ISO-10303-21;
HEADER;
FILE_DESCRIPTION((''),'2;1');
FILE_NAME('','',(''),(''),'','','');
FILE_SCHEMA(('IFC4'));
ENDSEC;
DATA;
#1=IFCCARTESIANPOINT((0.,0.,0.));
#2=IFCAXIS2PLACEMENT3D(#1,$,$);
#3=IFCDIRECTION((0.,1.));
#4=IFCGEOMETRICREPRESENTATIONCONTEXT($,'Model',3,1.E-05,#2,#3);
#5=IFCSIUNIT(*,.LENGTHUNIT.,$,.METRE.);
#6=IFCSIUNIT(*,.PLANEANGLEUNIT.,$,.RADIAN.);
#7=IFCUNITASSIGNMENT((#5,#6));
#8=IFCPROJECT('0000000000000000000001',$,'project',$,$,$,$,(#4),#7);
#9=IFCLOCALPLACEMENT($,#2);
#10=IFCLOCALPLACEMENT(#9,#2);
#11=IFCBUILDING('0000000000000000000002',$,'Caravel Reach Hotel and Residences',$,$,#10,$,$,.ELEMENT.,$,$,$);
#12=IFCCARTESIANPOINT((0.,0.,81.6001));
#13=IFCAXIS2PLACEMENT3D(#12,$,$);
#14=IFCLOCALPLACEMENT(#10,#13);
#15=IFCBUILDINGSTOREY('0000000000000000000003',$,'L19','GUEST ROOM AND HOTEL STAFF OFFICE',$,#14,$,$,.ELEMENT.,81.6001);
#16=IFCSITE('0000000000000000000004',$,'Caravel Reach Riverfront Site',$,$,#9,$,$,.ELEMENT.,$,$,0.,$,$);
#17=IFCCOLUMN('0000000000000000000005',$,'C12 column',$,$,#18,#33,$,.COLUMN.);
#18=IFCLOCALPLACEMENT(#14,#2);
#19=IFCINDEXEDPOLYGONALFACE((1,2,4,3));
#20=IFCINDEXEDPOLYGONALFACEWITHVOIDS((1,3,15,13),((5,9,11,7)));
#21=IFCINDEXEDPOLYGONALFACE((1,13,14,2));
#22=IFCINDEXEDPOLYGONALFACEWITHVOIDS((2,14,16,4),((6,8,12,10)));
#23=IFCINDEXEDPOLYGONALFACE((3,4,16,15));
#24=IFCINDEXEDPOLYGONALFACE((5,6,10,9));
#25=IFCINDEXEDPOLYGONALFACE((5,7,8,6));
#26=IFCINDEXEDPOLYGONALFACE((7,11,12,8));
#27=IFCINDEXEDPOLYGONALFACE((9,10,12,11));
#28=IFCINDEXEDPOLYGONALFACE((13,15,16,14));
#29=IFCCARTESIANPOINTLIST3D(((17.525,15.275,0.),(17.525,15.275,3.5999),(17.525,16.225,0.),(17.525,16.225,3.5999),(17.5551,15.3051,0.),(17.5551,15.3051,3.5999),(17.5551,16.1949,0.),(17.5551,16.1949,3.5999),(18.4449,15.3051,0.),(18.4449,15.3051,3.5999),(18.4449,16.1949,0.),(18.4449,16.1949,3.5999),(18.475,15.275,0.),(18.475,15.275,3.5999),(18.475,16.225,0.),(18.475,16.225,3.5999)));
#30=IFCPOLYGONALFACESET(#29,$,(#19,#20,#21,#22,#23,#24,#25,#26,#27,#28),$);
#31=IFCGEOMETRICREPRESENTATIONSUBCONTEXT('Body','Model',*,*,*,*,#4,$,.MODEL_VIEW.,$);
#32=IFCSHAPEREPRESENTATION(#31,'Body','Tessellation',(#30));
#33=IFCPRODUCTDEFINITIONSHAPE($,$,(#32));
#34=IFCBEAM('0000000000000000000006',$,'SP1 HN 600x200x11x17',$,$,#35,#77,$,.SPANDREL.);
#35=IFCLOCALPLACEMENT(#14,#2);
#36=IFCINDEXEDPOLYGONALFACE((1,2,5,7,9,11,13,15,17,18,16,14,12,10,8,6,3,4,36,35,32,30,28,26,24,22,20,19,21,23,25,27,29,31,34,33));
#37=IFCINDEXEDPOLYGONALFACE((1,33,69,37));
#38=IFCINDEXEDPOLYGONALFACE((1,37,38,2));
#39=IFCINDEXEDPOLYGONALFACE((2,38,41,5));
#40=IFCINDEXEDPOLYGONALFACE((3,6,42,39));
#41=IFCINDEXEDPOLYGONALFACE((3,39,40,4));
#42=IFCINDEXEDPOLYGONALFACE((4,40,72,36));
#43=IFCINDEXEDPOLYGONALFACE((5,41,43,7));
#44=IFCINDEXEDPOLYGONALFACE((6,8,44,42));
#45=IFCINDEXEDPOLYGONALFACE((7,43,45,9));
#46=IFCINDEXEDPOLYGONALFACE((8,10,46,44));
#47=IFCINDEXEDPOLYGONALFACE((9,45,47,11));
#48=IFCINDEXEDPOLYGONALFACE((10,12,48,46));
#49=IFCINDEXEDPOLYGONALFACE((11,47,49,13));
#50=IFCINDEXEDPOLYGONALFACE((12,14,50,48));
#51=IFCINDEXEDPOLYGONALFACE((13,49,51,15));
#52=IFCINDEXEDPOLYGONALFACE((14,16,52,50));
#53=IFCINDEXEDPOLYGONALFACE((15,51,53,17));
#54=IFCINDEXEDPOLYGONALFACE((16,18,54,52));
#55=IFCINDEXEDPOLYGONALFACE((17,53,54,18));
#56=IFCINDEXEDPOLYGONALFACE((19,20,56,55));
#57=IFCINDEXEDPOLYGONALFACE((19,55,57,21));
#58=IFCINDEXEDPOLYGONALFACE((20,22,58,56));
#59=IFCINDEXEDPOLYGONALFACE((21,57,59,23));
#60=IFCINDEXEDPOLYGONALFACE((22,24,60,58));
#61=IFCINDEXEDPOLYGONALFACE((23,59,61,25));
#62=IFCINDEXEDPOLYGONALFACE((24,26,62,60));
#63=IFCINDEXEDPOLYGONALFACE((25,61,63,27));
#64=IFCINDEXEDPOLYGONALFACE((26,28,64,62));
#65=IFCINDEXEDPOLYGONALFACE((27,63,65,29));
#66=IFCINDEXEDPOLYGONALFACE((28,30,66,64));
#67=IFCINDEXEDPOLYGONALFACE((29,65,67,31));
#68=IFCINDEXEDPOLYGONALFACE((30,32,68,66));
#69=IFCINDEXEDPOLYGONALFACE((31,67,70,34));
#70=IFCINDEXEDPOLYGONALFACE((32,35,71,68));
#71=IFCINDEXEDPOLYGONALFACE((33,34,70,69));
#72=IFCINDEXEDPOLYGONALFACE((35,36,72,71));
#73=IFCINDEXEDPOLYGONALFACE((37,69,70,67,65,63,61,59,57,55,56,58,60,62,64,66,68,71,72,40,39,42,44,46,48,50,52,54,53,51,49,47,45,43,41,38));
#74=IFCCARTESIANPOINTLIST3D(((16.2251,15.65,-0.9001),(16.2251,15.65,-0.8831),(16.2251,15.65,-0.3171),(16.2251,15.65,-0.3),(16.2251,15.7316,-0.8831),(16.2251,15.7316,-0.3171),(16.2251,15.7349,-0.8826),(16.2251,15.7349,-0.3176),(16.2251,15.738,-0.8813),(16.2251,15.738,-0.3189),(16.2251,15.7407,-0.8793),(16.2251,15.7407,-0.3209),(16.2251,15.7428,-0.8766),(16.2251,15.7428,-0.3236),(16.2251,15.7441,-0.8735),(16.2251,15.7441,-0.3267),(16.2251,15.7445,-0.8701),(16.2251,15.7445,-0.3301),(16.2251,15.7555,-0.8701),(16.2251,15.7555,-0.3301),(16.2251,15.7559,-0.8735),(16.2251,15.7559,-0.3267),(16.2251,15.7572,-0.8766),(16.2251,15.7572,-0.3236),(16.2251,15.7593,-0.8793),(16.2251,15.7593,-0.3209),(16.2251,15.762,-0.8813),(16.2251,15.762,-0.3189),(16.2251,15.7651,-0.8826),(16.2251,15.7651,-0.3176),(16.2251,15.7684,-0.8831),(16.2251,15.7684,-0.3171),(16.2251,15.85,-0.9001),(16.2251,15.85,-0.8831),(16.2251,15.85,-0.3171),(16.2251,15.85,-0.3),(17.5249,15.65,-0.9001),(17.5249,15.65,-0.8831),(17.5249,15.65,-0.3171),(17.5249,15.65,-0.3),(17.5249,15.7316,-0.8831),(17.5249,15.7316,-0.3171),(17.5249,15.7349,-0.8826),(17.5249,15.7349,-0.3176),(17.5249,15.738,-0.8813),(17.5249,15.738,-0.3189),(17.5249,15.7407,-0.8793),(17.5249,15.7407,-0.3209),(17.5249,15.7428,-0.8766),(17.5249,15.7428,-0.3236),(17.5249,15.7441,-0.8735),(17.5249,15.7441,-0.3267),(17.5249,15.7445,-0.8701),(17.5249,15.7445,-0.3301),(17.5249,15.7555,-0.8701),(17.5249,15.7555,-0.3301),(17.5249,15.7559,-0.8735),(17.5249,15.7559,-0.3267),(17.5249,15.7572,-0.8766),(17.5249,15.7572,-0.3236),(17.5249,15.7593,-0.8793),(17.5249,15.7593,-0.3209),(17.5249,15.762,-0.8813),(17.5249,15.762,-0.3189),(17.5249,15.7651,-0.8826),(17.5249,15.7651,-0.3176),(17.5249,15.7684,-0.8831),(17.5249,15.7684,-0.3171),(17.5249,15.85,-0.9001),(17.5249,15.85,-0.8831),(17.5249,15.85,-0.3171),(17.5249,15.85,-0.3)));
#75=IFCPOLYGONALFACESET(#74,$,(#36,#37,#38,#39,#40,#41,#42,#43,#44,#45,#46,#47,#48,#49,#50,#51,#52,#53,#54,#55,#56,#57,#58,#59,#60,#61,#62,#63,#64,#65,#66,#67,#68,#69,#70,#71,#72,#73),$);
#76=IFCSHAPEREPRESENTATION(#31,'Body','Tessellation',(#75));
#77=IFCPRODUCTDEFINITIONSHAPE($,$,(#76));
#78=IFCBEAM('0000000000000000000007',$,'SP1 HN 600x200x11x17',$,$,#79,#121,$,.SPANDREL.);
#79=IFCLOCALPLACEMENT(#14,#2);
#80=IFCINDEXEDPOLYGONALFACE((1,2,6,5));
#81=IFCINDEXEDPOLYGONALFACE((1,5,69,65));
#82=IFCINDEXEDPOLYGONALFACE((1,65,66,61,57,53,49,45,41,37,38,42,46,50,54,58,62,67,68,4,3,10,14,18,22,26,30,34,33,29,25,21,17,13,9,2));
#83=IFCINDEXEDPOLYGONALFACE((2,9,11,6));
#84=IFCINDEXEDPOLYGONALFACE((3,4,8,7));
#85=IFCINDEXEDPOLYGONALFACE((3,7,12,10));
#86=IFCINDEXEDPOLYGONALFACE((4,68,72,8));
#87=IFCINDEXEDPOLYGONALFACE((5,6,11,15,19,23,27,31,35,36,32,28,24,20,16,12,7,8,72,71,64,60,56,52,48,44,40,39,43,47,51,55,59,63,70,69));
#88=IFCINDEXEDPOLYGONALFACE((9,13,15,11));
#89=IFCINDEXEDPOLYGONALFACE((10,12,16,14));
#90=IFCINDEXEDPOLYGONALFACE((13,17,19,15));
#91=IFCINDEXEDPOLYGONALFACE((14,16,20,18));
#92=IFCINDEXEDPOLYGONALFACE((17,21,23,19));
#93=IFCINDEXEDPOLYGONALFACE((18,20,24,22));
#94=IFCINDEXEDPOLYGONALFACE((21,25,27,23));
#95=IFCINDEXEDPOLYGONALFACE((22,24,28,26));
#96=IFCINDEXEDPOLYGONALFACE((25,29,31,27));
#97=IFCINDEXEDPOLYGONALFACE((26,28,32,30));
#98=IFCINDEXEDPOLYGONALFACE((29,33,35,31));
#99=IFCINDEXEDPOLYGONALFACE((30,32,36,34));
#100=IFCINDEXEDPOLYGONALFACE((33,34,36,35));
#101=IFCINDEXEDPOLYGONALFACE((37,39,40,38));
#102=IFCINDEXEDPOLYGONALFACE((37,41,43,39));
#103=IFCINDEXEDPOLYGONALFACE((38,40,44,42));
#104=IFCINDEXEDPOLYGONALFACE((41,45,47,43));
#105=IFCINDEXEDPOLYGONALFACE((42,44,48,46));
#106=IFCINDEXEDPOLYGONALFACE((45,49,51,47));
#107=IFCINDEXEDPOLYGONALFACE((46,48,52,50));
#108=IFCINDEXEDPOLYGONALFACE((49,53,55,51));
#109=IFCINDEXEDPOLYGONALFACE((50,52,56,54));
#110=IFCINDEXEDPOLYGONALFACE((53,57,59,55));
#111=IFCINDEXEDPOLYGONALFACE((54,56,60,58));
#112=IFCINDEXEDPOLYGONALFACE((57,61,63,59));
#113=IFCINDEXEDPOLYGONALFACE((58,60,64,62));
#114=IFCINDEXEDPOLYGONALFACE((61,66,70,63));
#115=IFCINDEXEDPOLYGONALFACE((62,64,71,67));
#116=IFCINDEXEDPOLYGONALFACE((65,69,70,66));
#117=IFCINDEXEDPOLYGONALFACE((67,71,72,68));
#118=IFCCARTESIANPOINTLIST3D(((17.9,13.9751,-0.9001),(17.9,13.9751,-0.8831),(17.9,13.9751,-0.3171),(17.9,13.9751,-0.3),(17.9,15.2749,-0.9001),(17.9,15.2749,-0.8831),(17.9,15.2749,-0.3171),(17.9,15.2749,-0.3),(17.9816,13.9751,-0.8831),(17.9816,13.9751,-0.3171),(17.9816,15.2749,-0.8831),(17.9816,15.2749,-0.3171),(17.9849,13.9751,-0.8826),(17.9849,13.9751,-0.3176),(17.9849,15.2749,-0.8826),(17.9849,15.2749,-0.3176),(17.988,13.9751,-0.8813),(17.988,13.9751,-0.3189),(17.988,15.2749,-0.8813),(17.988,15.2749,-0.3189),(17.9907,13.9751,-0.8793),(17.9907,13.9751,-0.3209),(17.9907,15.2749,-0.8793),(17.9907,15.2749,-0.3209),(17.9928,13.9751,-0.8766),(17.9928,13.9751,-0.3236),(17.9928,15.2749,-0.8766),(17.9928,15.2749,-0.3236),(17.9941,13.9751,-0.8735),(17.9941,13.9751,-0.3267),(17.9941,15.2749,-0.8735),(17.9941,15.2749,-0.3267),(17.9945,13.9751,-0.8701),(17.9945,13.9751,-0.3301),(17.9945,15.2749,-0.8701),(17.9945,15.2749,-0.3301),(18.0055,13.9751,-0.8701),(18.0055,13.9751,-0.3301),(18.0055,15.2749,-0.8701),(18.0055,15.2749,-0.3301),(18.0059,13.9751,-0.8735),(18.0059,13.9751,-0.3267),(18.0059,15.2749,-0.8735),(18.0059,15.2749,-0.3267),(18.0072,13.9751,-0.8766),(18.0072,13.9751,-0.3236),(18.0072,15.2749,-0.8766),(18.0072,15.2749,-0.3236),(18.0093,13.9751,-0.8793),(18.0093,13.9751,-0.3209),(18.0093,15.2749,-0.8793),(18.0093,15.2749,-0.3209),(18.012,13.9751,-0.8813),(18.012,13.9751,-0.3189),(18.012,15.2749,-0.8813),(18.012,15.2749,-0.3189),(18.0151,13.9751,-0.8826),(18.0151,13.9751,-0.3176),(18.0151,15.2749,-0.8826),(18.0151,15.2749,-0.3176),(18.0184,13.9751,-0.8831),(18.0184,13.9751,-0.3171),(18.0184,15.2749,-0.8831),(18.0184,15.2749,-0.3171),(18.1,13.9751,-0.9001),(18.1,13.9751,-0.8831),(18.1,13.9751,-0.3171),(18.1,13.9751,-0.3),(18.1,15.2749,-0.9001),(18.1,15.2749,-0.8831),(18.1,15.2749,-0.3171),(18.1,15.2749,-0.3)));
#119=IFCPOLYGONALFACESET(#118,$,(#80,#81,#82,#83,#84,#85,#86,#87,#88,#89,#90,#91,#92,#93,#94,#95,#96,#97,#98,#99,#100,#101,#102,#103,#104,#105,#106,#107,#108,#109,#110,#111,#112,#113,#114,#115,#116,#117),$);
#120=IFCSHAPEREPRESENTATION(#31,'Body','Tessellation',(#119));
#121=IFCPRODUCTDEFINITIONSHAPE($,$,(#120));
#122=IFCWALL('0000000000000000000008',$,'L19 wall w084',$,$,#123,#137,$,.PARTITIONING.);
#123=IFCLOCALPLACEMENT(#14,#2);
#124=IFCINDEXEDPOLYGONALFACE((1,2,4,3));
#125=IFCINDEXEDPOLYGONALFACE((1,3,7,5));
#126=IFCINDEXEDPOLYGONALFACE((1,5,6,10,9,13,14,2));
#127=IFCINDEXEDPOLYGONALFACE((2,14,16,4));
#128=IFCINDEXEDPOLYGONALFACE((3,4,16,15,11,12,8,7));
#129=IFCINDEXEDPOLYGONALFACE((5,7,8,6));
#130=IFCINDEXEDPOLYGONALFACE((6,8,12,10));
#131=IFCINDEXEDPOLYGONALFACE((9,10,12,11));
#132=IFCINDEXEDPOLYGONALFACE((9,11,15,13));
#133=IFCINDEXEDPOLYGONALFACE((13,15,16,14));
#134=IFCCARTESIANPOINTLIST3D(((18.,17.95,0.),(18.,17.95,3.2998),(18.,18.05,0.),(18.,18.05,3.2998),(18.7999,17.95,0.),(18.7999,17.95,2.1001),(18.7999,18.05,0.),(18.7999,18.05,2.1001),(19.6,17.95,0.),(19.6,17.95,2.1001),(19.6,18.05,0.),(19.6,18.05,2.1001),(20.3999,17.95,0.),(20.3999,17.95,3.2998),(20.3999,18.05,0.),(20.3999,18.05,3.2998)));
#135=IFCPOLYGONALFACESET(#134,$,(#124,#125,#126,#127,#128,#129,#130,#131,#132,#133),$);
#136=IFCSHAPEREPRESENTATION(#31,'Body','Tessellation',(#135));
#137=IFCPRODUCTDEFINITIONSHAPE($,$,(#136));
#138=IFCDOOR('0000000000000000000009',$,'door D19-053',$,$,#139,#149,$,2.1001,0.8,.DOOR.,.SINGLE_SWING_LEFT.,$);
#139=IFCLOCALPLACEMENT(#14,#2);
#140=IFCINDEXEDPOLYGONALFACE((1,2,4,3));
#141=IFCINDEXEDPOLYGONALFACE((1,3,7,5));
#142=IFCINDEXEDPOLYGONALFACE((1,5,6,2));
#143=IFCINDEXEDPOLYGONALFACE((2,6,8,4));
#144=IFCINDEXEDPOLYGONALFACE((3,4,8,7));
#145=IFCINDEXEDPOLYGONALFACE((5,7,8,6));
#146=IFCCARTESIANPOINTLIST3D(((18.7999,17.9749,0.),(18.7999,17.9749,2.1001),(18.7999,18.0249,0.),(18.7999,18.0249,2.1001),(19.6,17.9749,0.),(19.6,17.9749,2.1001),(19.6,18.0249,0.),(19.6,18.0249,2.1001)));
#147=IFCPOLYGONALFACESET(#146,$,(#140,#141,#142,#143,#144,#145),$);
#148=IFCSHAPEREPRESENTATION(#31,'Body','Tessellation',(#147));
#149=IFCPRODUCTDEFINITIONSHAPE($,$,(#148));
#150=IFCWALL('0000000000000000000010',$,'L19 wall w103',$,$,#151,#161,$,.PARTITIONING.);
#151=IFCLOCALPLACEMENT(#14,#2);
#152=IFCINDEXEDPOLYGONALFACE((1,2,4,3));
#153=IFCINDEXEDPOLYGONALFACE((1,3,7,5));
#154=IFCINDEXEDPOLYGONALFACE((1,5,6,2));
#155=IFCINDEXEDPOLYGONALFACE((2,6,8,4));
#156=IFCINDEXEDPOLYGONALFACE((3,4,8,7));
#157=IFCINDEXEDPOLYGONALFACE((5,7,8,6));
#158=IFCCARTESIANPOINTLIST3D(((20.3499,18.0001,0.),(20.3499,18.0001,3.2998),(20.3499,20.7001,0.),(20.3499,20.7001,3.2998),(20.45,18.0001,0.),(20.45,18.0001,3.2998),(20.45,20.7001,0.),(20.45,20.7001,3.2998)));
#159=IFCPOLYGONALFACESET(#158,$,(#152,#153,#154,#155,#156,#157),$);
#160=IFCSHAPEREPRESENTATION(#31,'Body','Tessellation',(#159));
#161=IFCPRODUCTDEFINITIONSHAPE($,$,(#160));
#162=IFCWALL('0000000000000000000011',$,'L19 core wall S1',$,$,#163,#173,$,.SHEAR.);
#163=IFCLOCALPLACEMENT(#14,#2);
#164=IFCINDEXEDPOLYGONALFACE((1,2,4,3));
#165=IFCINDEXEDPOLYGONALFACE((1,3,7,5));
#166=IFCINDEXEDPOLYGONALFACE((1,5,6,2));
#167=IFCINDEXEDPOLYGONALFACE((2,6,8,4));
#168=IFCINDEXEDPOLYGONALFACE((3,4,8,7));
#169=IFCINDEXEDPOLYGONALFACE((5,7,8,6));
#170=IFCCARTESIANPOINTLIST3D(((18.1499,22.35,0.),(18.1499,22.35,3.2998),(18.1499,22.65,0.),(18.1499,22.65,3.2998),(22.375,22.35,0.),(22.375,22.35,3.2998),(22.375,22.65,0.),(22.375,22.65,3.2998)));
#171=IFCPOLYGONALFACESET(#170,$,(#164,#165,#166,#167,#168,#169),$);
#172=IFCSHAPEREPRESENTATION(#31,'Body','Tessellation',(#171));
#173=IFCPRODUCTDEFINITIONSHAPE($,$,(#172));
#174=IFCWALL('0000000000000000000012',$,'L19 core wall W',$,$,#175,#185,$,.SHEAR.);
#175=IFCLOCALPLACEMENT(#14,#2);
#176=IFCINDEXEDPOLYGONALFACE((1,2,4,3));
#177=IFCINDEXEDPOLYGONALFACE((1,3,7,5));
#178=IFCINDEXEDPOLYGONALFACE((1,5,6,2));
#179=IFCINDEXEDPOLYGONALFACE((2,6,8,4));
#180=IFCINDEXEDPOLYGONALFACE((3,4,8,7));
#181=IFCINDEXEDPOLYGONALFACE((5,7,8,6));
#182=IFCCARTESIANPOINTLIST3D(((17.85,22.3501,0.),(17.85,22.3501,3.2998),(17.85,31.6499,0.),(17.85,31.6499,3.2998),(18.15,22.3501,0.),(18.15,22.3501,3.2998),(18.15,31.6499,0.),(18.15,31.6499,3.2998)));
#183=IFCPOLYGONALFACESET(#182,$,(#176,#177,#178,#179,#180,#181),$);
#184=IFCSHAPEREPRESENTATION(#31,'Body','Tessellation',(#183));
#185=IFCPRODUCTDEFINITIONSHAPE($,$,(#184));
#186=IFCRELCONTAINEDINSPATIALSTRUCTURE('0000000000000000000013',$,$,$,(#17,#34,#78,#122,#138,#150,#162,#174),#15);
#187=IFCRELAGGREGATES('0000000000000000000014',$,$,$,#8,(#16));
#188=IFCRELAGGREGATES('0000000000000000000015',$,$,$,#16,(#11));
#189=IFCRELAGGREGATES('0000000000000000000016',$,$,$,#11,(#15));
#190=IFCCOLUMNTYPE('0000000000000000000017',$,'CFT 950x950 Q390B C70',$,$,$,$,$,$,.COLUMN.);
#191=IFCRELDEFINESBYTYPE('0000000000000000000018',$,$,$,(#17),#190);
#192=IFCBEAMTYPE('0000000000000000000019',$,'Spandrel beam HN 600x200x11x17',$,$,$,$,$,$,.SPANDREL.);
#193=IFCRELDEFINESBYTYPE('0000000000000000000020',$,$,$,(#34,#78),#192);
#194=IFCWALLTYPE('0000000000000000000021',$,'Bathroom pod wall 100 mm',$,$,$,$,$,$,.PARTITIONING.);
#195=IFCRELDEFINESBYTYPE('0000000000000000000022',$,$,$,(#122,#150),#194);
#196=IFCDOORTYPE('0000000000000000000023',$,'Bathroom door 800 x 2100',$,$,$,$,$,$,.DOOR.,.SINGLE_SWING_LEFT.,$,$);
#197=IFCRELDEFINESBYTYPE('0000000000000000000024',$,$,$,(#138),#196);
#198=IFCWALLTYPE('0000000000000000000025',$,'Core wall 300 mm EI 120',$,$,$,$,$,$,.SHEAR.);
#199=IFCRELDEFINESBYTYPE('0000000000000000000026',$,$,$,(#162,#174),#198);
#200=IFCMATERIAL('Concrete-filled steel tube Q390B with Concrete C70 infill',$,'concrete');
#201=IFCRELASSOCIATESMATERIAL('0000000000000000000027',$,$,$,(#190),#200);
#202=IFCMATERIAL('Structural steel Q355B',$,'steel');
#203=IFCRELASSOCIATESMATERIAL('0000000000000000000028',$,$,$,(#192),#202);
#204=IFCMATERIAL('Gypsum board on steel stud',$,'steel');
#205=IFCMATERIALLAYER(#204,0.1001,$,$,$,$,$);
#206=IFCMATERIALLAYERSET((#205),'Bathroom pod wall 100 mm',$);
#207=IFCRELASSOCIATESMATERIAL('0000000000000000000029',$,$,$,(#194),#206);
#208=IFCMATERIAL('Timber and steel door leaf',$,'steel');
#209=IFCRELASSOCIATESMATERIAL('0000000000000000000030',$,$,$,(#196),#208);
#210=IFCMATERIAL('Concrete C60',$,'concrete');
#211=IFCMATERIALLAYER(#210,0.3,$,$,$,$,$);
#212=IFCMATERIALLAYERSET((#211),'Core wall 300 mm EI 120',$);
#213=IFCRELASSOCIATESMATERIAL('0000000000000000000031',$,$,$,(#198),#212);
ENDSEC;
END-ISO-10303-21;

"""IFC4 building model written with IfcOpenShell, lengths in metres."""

from ifc_helpers import new_model, si_unit, direction, frame, frame_2d, origin, origin_2d, place, context, subcontext, project, spatial, rectangle, hollow_rectangle, i_section, extrude, material, layer, layer_set, material_profile, profile_set, type_object, element, fill, save


model = new_model("IFC4")

# Units and contexts
model_context = context("Model", 3, precision=1e-05, world=origin(), true_north=direction((0.0, 1.0)))
body_context = subcontext(model_context, "Body", "Model", "MODEL_VIEW")
ifc_project = project(units=[si_unit("LENGTHUNIT", "METRE"), si_unit("PLANEANGLEUNIT", "RADIAN")], contexts=[model_context])

# Site, building, storey
site_placement = place(None, origin())
site = spatial("IfcSite", under=ifc_project, at=site_placement, Name="Caravel Reach Riverfront Site", CompositionType="ELEMENT", RefElevation=0.0)
building_placement = place(site_placement, origin())
building = spatial("IfcBuilding", under=site, at=building_placement, Name="Caravel Reach Hotel and Residences", CompositionType="ELEMENT")
storey_placement = place(building_placement, frame((0.0, 0.0, 81.6001)))
storey = spatial("IfcBuildingStorey", under=building, at=storey_placement, Name="L19", Description="GUEST ROOM AND HOTEL STAFF OFFICE", CompositionType="ELEMENT", Elevation=81.6001)

# Column
ifc_material_1 = material(Name="Concrete-filled steel tube Q390B with Concrete C70 infill", Category="concrete")
ifc_material_profile_1 = material_profile(ifc_material_1, hollow_rectangle(XDim=0.95, YDim=0.95, WallThickness=0.03, at=origin_2d()), Name="RHS 950x950x30")
ifc_profile_set_1 = profile_set([ifc_material_profile_1], Name="Concrete-filled steel tube Q390B with Concrete C70 infill")
column_type = type_object("IfcColumnType", Name="CFT 950x950 Q390B C70", PredefinedType="COLUMN", material=ifc_profile_set_1)
column_placement = place(storey_placement, frame((18.0, 15.75, 0.0), z_axis=(0.0, 0.0, 1.0), x_axis=(1.0, 0.0, 0.0)))
element("IfcColumn", 1, at=column_placement, inside=storey, type_object=column_type, Name="C12 column", PredefinedType="COLUMN", context=body_context, shape_type="SweptSolid", body=[
    extrude(hollow_rectangle(XDim=0.95, YDim=0.95, WallThickness=0.03, at=origin_2d()), origin(), (0.0, 0.0, 1.0), 3.5999),
])

# Beams
ifc_material_2 = material(Name="Structural steel Q355B", Category="steel")
ifc_material_profile_2 = material_profile(ifc_material_2, i_section(OverallWidth=0.2, OverallDepth=0.6001, WebThickness=0.011, FlangeThickness=0.0171, FilletRadius=0.0129, at=origin_2d()), Name="HN 600x200x11x17")
ifc_profile_set_2 = profile_set([ifc_material_profile_2], Name="Structural steel Q355B")
beam_type = type_object("IfcBeamType", Name="Spandrel beam HN 600x200x11x17", PredefinedType="SPANDREL", material=ifc_profile_set_2)
for number, where, z_axis, x_axis, name in (
    (2, (16.2251, 15.75, -0.6001), (1.0, 0.0, 0.0), (0.0, 1.0, 0.0), "SP1 HN 600x200x11x17"),
    (3, (18.0, 15.2749, -0.6001), (0.0, -1.0, 0.0), (1.0, 0.0, 0.0), "SP1 HN 600x200x11x17"),
):
    element("IfcBeam", number, at=place(storey_placement, frame(where, z_axis=z_axis, x_axis=x_axis)), inside=storey, type_object=beam_type, Name=name, PredefinedType="SPANDREL", context=body_context, shape_type="SweptSolid", body=[
        extrude(i_section(OverallWidth=0.2, OverallDepth=0.6001, WebThickness=0.011, FlangeThickness=0.0171, FilletRadius=0.0129, at=origin_2d()), origin(), (0.0, 0.0, 1.0), 1.2998),
    ])

# Wall, opening, door
ifc_material_3 = material(Name="Gypsum board on steel stud", Category="steel")
ifc_layer_1 = layer(ifc_material_3, 0.1001)
ifc_layer_set_1 = layer_set([ifc_layer_1], Name="Bathroom pod wall 100 mm")
wall_type_1 = type_object("IfcWallType", Name="Bathroom pod wall 100 mm", PredefinedType="PARTITIONING", material=ifc_layer_set_1)
wall_1_placement = place(storey_placement, frame((18.0, 18.0, 0.0), z_axis=(0.0, 0.0, 1.0), x_axis=(1.0, 0.0, 0.0)))
wall_1 = element("IfcWall", 4, at=wall_1_placement, inside=storey, type_object=wall_type_1, Name="L19 wall w084", PredefinedType="PARTITIONING", context=body_context, shape_type="SweptSolid", body=[
    extrude(rectangle(XDim=2.3999, YDim=0.1001, at=frame_2d((1.2, 0.0))), origin(), (0.0, 0.0, 1.0), 3.2998),
])
opening_1_placement = place(wall_1_placement, frame((0.8, 0.0, 0.0)))
opening_1 = element("IfcOpeningElement", 5, at=opening_1_placement, cuts=wall_1, PredefinedType="OPENING", context=body_context, shape_type="SweptSolid", body=[
    extrude(rectangle(XDim=0.8, YDim=2.1001, at=frame_2d((0.3999, 1.05))), frame((0.0, 0.0601, 0.0), z_axis=(0.0, -1.0, 0.0), x_axis=(1.0, 0.0, 0.0)), (0.0, 0.0, 1.0), 0.1201),
])
ifc_material_4 = material(Name="Timber and steel door leaf", Category="steel")
door_type_1 = type_object("IfcDoorType", Name="Bathroom door 800 x 2100", OperationType="SINGLE_SWING_LEFT", PredefinedType="DOOR", material=ifc_material_4)
door_1_placement = place(opening_1_placement, origin())
door_1 = element("IfcDoor", 6, at=door_1_placement, inside=storey, type_object=door_type_1, Name="door D19-053", OperationType="SINGLE_SWING_LEFT", OverallHeight=2.1001, OverallWidth=0.8, PredefinedType="DOOR", context=body_context, shape_type="SweptSolid", body=[
    extrude(rectangle(XDim=0.8, YDim=2.1001, at=frame_2d((0.3999, 1.05))), frame((0.0, 0.0249, 0.0), z_axis=(0.0, -1.0, 0.0), x_axis=(1.0, 0.0, 0.0)), (0.0, 0.0, 1.0), 0.05),
])
fill(opening_1, door_1)

# Walls
wall_2_placement = place(storey_placement, frame((20.3999, 18.0, 0.0), z_axis=(0.0, 0.0, 1.0), x_axis=(0.0, 1.0, 0.0)))
element("IfcWall", 7, at=wall_2_placement, inside=storey, type_object=wall_type_1, Name="L19 wall w103", PredefinedType="PARTITIONING", context=body_context, shape_type="SweptSolid", body=[
    extrude(rectangle(XDim=2.7, YDim=0.1001, at=frame_2d((1.3501, 0.0))), origin(), (0.0, 0.0, 1.0), 3.2998),
])
ifc_material_5 = material(Name="Concrete C60", Category="concrete")
ifc_layer_2 = layer(ifc_material_5, 0.3)
ifc_layer_set_2 = layer_set([ifc_layer_2], Name="Core wall 300 mm EI 120")
wall_type_2 = type_object("IfcWallType", Name="Core wall 300 mm EI 120", PredefinedType="SHEAR", material=ifc_layer_set_2)
wall_3_placement = place(storey_placement, frame((18.1499, 22.5, 0.0), z_axis=(0.0, 0.0, 1.0), x_axis=(1.0, 0.0, 0.0)))
element("IfcWall", 8, at=wall_3_placement, inside=storey, type_object=wall_type_2, Name="L19 core wall S1", PredefinedType="SHEAR", context=body_context, shape_type="SweptSolid", body=[
    extrude(rectangle(XDim=4.2251, YDim=0.3, at=frame_2d((2.1125, 0.0))), origin(), (0.0, 0.0, 1.0), 3.2998),
])
wall_4_placement = place(storey_placement, frame((18.0, 22.3501, 0.0), z_axis=(0.0, 0.0, 1.0), x_axis=(0.0, 1.0, 0.0)))
element("IfcWall", 9, at=wall_4_placement, inside=storey, type_object=wall_type_2, Name="L19 core wall W", PredefinedType="SHEAR", context=body_context, shape_type="SweptSolid", body=[
    extrude(rectangle(XDim=9.2998, YDim=0.3, at=frame_2d((4.6499, 0.0))), origin(), (0.0, 0.0, 1.0), 3.2998),
])

save(model, "model.ifc")
